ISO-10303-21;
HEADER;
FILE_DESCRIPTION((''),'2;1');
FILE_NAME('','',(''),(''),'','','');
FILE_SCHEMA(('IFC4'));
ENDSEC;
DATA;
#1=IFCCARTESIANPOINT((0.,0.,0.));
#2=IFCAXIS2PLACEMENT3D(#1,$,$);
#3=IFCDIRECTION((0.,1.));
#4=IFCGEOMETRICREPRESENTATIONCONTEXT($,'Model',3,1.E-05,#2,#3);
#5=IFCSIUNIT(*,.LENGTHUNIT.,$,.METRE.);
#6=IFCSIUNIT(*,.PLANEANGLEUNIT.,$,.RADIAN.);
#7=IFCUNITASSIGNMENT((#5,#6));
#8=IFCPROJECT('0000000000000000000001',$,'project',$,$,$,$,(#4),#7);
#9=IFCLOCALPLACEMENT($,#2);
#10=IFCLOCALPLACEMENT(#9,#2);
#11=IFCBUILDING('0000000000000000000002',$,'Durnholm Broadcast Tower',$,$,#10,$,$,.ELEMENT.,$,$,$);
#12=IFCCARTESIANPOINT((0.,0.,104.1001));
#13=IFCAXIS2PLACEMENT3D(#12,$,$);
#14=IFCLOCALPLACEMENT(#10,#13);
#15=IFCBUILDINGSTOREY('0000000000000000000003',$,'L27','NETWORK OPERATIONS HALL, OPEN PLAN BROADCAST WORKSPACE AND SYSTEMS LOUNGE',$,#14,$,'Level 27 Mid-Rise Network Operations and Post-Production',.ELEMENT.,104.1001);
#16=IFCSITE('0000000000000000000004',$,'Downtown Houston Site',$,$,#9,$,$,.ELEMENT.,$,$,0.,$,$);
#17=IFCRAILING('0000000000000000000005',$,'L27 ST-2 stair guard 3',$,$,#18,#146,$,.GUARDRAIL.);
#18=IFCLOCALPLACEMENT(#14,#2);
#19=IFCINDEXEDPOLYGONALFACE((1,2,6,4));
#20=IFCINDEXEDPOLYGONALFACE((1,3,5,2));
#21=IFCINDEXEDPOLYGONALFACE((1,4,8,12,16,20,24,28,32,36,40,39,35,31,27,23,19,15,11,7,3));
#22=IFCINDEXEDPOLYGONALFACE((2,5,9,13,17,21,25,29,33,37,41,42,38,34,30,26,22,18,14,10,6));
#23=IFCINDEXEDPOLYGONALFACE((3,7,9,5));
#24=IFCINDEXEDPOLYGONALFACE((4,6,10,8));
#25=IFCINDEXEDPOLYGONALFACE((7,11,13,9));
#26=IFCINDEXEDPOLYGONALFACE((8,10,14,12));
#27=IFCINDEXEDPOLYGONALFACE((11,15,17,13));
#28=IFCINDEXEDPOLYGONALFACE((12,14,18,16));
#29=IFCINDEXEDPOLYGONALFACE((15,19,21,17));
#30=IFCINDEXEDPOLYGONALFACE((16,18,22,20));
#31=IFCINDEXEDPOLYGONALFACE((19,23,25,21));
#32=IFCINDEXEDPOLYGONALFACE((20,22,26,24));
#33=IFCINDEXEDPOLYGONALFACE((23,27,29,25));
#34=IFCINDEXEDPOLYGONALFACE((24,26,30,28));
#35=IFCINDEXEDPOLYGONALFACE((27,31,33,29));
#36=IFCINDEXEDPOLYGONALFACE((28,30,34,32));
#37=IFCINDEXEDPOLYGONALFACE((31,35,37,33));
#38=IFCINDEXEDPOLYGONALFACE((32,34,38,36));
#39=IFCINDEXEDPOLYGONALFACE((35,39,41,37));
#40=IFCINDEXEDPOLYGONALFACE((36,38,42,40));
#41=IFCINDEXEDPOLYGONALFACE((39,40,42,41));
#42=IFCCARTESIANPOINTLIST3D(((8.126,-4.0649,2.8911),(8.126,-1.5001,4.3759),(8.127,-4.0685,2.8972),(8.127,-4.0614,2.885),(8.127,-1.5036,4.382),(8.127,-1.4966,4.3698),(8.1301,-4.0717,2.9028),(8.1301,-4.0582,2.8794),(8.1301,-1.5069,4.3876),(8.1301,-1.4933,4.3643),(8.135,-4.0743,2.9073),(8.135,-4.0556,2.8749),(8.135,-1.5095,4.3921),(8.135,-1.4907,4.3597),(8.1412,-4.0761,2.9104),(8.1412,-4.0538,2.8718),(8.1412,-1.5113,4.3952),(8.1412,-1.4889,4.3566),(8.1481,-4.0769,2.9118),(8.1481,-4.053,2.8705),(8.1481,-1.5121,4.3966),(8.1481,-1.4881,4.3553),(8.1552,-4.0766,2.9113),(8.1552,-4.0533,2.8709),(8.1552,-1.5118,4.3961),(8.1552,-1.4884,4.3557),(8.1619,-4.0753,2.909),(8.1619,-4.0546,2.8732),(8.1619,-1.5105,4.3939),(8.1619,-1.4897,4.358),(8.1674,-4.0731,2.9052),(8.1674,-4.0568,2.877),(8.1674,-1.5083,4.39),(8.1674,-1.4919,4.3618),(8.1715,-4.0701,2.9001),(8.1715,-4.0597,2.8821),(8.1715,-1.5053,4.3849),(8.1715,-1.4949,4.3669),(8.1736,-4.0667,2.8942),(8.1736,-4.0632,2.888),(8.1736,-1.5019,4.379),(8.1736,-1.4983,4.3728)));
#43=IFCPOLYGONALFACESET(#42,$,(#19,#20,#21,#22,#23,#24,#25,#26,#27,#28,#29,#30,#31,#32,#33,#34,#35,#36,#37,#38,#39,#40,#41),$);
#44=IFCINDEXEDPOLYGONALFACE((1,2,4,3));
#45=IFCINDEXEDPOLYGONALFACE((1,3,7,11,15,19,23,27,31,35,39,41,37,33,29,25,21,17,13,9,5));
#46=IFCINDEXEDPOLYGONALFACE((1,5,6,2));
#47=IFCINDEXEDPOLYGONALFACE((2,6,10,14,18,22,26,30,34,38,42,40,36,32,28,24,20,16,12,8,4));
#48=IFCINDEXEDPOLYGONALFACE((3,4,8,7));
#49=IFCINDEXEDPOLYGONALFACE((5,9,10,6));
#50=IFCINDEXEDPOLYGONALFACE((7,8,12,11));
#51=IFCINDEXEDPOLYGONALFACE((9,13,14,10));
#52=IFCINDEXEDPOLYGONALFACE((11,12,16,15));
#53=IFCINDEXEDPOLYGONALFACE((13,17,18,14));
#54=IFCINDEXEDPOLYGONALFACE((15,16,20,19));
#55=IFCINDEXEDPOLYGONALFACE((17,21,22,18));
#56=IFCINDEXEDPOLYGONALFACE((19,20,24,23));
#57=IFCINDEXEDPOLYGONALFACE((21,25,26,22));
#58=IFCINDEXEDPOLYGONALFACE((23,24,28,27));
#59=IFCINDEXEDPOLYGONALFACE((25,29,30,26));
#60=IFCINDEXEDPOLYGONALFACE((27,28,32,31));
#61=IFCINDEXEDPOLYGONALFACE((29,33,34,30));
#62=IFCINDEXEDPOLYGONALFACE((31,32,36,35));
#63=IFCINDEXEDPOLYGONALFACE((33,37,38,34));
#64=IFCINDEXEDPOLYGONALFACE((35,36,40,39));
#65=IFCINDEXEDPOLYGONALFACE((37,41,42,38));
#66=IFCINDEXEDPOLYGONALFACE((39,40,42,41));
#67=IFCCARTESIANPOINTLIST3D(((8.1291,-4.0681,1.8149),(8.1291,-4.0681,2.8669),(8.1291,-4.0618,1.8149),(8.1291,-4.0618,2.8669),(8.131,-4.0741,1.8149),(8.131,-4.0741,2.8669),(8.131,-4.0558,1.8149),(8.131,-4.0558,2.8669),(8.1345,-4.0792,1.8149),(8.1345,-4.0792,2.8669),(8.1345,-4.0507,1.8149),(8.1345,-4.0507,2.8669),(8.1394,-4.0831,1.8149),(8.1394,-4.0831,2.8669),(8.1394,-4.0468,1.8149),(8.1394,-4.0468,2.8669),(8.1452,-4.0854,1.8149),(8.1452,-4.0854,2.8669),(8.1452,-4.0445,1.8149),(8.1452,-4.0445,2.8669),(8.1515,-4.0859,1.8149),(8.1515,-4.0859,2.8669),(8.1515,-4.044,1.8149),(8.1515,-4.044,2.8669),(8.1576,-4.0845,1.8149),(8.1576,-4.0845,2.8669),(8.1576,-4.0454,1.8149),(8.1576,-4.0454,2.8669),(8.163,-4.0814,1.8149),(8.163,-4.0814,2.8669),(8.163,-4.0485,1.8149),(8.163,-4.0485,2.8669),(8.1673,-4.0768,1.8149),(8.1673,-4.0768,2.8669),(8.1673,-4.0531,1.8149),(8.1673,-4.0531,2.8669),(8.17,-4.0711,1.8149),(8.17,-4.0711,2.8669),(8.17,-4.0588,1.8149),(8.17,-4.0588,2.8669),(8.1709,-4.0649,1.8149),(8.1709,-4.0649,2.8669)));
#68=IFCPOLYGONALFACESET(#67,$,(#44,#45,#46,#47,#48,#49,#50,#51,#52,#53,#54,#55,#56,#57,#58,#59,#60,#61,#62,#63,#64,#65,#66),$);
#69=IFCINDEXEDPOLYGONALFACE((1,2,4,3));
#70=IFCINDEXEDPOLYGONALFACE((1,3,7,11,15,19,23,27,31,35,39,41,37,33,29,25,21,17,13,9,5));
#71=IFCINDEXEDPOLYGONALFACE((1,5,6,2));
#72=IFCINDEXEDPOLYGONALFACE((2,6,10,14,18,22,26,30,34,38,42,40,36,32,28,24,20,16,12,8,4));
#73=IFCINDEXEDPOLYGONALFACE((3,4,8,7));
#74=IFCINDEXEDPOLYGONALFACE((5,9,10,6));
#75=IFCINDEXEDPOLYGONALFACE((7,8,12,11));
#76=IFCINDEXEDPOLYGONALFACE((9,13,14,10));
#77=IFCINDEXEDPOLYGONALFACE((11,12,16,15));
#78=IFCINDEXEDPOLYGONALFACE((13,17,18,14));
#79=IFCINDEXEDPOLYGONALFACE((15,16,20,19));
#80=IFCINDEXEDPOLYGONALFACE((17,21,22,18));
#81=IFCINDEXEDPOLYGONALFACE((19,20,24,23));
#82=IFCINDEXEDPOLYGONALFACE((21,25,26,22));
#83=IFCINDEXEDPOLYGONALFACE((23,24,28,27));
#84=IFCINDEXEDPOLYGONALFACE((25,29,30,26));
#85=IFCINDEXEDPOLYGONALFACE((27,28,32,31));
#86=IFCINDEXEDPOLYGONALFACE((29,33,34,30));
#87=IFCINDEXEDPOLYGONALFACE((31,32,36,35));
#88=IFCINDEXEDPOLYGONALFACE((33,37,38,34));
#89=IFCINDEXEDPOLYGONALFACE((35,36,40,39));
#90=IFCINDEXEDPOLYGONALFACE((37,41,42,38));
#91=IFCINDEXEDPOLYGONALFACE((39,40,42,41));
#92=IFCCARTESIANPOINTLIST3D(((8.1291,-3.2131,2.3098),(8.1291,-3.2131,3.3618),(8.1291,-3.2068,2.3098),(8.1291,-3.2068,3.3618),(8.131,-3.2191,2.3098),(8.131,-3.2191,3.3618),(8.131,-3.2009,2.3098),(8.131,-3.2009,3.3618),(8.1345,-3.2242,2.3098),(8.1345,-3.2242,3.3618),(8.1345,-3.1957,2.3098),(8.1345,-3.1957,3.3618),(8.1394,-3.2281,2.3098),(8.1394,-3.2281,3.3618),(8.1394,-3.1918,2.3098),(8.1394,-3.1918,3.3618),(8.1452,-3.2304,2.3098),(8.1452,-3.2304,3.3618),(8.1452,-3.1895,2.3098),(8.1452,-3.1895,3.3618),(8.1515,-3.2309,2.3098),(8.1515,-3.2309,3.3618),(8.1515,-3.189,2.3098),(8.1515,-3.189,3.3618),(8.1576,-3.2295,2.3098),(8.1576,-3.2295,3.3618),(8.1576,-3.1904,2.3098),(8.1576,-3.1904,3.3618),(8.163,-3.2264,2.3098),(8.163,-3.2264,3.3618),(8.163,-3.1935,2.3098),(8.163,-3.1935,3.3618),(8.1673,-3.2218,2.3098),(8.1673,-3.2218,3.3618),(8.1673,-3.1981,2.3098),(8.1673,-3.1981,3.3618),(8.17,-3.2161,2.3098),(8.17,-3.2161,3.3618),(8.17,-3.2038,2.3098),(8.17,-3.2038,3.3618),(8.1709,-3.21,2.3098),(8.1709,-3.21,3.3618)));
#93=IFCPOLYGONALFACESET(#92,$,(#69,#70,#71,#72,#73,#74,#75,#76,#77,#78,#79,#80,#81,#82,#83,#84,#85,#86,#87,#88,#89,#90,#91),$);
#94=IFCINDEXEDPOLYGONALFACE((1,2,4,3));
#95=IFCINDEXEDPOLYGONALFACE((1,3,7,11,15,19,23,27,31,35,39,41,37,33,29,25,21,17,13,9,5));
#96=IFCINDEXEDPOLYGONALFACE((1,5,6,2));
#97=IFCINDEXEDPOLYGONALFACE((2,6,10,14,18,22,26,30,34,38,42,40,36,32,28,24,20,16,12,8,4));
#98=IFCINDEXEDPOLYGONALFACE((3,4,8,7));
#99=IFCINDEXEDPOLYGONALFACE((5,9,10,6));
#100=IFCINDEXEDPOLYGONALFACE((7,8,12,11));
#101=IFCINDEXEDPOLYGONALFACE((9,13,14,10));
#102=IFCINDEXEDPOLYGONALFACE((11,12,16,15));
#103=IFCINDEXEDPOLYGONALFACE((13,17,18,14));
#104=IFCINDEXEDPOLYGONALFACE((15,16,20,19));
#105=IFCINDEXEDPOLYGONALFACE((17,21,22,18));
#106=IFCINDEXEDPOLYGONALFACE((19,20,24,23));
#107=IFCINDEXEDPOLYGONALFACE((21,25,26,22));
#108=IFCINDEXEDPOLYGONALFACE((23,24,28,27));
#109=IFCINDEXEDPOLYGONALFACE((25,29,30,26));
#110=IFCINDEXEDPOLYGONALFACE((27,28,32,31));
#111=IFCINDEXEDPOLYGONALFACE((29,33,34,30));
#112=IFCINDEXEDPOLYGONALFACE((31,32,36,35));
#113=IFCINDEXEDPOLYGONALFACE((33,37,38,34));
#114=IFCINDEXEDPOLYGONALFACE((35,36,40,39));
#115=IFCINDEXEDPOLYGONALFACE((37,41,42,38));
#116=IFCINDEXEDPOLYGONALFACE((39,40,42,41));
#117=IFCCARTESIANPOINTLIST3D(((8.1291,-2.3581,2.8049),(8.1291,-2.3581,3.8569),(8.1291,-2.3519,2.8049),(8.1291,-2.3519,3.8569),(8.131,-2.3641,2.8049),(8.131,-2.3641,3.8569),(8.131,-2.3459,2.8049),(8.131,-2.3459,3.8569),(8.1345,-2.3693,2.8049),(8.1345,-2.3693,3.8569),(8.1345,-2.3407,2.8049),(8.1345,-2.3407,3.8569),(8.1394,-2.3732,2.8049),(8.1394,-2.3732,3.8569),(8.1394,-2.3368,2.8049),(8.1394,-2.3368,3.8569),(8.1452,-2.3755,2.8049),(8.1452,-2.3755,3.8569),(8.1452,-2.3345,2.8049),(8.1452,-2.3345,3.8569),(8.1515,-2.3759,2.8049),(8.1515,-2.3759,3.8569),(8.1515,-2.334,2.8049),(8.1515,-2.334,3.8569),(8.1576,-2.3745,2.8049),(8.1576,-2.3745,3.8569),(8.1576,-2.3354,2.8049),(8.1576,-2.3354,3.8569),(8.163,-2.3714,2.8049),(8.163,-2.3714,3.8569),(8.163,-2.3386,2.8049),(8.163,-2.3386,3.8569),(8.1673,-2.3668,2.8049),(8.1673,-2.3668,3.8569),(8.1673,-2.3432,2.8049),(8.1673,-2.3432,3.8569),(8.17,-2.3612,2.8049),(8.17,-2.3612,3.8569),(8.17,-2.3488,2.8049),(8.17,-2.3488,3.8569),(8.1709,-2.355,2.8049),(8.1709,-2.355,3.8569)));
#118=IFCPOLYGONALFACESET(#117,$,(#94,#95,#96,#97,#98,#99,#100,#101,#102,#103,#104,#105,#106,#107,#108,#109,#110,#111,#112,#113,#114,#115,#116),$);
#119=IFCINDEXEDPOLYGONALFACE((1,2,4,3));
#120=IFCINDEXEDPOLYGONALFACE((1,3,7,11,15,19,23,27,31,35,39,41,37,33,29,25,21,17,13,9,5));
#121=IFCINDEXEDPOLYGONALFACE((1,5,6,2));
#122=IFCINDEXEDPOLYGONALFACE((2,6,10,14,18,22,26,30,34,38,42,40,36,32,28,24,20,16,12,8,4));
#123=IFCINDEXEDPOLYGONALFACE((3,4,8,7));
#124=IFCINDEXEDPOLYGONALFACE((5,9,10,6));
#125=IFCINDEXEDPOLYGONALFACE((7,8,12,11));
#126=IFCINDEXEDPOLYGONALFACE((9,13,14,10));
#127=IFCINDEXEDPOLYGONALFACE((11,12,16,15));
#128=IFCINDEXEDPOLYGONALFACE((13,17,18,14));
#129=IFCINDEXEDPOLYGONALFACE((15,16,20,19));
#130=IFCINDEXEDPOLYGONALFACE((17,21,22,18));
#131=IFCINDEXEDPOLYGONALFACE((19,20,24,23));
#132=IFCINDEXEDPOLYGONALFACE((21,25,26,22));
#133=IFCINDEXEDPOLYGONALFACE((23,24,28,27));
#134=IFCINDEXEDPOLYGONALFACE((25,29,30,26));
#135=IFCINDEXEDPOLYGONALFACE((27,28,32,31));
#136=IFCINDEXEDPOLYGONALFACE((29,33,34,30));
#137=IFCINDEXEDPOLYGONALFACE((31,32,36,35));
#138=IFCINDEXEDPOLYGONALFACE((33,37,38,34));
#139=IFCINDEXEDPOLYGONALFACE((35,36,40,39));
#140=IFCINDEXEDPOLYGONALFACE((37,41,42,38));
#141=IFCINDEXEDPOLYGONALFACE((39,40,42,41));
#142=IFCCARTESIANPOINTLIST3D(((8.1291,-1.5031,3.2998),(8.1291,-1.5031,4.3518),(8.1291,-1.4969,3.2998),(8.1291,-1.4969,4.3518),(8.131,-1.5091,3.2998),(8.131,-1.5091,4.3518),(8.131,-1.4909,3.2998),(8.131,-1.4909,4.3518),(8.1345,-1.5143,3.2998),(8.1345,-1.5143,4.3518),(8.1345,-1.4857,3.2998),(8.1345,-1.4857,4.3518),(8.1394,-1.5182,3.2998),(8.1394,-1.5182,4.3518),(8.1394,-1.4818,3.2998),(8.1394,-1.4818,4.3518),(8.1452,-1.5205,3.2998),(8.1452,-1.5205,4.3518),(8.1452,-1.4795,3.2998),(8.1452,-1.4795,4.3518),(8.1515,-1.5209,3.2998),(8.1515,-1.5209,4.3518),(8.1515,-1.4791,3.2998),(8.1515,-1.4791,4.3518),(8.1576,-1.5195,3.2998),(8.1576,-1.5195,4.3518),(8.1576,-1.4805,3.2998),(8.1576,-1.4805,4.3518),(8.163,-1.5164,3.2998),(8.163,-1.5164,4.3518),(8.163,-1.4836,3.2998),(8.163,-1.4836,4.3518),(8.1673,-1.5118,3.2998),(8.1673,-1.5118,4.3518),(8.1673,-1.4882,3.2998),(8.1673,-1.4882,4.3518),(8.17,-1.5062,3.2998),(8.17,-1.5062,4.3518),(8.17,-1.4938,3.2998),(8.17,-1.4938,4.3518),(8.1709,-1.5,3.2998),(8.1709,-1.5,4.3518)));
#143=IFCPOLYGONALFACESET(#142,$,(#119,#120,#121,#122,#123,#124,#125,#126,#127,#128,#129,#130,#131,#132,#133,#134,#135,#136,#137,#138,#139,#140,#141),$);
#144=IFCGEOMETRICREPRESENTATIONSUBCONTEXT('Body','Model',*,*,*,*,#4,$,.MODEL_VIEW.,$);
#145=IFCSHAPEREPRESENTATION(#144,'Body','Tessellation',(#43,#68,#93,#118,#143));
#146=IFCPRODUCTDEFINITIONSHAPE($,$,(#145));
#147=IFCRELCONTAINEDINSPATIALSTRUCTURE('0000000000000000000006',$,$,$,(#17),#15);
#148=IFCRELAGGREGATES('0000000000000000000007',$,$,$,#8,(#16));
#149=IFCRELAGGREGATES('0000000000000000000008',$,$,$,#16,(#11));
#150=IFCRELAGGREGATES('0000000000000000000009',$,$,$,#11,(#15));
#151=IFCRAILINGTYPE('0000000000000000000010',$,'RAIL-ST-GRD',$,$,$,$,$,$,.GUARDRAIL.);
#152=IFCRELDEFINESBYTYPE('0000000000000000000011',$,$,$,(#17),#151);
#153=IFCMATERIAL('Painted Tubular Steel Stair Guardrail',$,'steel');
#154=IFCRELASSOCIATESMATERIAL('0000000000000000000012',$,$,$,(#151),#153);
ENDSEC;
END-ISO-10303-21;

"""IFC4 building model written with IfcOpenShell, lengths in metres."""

from ifc_helpers import new_model, si_unit, direction, frame, origin, origin_2d, place, context, subcontext, project, spatial, circle, extrude, material, type_object, element, save


model = new_model("IFC4")

# Units and contexts
model_context = context("Model", 3, precision=1e-05, world=origin(), true_north=direction((0.0, 1.0)))
body_context = subcontext(model_context, "Body", "Model", "MODEL_VIEW")
ifc_project = project(units=[si_unit("LENGTHUNIT", "METRE"), si_unit("PLANEANGLEUNIT", "RADIAN")], contexts=[model_context])

# Site, building, storey
site_placement = place(None, origin())
site = spatial("IfcSite", under=ifc_project, at=site_placement, Name="Downtown Houston Site", CompositionType="ELEMENT", RefElevation=0.0)
building_placement = place(site_placement, origin())
building = spatial("IfcBuilding", under=site, at=building_placement, Name="Durnholm Broadcast Tower", CompositionType="ELEMENT")
storey_placement = place(building_placement, frame((0.0, 0.0, 104.1001)))
storey = spatial("IfcBuildingStorey", under=building, at=storey_placement, Name="L27", Description="NETWORK OPERATIONS HALL, OPEN PLAN BROADCAST WORKSPACE AND SYSTEMS LOUNGE", LongName="Level 27 Mid-Rise Network Operations and Post-Production", CompositionType="ELEMENT", Elevation=104.1001)

# Railing
ifc_material_1 = material(Name="Painted Tubular Steel Stair Guardrail", Category="steel")
railing_type_1 = type_object("IfcRailingType", Name="RAIL-ST-GRD", PredefinedType="GUARDRAIL", material=ifc_material_1)
railing_1_placement = place(storey_placement, frame((8.1499, -4.0649, 1.8149)))
element("IfcRailing", 1, at=railing_1_placement, inside=storey, type_object=railing_type_1, Name="L27 ST-2 stair guard 3", PredefinedType="GUARDRAIL", context=body_context, shape_type="SweptSolid", body=[
    extrude(circle(Radius=0.0239, at=origin_2d()), frame((0.0, 0.0, 1.0762), z_axis=(0.0, 0.865441, 0.50101), x_axis=(-1.0, 0.0, 0.0)), (0.0, 0.0, 1.0), 2.9636),
    extrude(circle(Radius=0.021, at=origin_2d()), origin(), (0.0, 0.0, 1.0), 1.052),
    extrude(circle(Radius=0.021, at=origin_2d()), frame((0.0, 0.855, 0.4949)), (0.0, 0.0, 1.0), 1.052),
    extrude(circle(Radius=0.021, at=origin_2d()), frame((0.0, 1.71, 0.99)), (0.0, 0.0, 1.0), 1.052),
    extrude(circle(Radius=0.021, at=origin_2d()), frame((0.0, 2.5649, 1.4849)), (0.0, 0.0, 1.0), 1.052),
])

save(model, "model.ifc")
